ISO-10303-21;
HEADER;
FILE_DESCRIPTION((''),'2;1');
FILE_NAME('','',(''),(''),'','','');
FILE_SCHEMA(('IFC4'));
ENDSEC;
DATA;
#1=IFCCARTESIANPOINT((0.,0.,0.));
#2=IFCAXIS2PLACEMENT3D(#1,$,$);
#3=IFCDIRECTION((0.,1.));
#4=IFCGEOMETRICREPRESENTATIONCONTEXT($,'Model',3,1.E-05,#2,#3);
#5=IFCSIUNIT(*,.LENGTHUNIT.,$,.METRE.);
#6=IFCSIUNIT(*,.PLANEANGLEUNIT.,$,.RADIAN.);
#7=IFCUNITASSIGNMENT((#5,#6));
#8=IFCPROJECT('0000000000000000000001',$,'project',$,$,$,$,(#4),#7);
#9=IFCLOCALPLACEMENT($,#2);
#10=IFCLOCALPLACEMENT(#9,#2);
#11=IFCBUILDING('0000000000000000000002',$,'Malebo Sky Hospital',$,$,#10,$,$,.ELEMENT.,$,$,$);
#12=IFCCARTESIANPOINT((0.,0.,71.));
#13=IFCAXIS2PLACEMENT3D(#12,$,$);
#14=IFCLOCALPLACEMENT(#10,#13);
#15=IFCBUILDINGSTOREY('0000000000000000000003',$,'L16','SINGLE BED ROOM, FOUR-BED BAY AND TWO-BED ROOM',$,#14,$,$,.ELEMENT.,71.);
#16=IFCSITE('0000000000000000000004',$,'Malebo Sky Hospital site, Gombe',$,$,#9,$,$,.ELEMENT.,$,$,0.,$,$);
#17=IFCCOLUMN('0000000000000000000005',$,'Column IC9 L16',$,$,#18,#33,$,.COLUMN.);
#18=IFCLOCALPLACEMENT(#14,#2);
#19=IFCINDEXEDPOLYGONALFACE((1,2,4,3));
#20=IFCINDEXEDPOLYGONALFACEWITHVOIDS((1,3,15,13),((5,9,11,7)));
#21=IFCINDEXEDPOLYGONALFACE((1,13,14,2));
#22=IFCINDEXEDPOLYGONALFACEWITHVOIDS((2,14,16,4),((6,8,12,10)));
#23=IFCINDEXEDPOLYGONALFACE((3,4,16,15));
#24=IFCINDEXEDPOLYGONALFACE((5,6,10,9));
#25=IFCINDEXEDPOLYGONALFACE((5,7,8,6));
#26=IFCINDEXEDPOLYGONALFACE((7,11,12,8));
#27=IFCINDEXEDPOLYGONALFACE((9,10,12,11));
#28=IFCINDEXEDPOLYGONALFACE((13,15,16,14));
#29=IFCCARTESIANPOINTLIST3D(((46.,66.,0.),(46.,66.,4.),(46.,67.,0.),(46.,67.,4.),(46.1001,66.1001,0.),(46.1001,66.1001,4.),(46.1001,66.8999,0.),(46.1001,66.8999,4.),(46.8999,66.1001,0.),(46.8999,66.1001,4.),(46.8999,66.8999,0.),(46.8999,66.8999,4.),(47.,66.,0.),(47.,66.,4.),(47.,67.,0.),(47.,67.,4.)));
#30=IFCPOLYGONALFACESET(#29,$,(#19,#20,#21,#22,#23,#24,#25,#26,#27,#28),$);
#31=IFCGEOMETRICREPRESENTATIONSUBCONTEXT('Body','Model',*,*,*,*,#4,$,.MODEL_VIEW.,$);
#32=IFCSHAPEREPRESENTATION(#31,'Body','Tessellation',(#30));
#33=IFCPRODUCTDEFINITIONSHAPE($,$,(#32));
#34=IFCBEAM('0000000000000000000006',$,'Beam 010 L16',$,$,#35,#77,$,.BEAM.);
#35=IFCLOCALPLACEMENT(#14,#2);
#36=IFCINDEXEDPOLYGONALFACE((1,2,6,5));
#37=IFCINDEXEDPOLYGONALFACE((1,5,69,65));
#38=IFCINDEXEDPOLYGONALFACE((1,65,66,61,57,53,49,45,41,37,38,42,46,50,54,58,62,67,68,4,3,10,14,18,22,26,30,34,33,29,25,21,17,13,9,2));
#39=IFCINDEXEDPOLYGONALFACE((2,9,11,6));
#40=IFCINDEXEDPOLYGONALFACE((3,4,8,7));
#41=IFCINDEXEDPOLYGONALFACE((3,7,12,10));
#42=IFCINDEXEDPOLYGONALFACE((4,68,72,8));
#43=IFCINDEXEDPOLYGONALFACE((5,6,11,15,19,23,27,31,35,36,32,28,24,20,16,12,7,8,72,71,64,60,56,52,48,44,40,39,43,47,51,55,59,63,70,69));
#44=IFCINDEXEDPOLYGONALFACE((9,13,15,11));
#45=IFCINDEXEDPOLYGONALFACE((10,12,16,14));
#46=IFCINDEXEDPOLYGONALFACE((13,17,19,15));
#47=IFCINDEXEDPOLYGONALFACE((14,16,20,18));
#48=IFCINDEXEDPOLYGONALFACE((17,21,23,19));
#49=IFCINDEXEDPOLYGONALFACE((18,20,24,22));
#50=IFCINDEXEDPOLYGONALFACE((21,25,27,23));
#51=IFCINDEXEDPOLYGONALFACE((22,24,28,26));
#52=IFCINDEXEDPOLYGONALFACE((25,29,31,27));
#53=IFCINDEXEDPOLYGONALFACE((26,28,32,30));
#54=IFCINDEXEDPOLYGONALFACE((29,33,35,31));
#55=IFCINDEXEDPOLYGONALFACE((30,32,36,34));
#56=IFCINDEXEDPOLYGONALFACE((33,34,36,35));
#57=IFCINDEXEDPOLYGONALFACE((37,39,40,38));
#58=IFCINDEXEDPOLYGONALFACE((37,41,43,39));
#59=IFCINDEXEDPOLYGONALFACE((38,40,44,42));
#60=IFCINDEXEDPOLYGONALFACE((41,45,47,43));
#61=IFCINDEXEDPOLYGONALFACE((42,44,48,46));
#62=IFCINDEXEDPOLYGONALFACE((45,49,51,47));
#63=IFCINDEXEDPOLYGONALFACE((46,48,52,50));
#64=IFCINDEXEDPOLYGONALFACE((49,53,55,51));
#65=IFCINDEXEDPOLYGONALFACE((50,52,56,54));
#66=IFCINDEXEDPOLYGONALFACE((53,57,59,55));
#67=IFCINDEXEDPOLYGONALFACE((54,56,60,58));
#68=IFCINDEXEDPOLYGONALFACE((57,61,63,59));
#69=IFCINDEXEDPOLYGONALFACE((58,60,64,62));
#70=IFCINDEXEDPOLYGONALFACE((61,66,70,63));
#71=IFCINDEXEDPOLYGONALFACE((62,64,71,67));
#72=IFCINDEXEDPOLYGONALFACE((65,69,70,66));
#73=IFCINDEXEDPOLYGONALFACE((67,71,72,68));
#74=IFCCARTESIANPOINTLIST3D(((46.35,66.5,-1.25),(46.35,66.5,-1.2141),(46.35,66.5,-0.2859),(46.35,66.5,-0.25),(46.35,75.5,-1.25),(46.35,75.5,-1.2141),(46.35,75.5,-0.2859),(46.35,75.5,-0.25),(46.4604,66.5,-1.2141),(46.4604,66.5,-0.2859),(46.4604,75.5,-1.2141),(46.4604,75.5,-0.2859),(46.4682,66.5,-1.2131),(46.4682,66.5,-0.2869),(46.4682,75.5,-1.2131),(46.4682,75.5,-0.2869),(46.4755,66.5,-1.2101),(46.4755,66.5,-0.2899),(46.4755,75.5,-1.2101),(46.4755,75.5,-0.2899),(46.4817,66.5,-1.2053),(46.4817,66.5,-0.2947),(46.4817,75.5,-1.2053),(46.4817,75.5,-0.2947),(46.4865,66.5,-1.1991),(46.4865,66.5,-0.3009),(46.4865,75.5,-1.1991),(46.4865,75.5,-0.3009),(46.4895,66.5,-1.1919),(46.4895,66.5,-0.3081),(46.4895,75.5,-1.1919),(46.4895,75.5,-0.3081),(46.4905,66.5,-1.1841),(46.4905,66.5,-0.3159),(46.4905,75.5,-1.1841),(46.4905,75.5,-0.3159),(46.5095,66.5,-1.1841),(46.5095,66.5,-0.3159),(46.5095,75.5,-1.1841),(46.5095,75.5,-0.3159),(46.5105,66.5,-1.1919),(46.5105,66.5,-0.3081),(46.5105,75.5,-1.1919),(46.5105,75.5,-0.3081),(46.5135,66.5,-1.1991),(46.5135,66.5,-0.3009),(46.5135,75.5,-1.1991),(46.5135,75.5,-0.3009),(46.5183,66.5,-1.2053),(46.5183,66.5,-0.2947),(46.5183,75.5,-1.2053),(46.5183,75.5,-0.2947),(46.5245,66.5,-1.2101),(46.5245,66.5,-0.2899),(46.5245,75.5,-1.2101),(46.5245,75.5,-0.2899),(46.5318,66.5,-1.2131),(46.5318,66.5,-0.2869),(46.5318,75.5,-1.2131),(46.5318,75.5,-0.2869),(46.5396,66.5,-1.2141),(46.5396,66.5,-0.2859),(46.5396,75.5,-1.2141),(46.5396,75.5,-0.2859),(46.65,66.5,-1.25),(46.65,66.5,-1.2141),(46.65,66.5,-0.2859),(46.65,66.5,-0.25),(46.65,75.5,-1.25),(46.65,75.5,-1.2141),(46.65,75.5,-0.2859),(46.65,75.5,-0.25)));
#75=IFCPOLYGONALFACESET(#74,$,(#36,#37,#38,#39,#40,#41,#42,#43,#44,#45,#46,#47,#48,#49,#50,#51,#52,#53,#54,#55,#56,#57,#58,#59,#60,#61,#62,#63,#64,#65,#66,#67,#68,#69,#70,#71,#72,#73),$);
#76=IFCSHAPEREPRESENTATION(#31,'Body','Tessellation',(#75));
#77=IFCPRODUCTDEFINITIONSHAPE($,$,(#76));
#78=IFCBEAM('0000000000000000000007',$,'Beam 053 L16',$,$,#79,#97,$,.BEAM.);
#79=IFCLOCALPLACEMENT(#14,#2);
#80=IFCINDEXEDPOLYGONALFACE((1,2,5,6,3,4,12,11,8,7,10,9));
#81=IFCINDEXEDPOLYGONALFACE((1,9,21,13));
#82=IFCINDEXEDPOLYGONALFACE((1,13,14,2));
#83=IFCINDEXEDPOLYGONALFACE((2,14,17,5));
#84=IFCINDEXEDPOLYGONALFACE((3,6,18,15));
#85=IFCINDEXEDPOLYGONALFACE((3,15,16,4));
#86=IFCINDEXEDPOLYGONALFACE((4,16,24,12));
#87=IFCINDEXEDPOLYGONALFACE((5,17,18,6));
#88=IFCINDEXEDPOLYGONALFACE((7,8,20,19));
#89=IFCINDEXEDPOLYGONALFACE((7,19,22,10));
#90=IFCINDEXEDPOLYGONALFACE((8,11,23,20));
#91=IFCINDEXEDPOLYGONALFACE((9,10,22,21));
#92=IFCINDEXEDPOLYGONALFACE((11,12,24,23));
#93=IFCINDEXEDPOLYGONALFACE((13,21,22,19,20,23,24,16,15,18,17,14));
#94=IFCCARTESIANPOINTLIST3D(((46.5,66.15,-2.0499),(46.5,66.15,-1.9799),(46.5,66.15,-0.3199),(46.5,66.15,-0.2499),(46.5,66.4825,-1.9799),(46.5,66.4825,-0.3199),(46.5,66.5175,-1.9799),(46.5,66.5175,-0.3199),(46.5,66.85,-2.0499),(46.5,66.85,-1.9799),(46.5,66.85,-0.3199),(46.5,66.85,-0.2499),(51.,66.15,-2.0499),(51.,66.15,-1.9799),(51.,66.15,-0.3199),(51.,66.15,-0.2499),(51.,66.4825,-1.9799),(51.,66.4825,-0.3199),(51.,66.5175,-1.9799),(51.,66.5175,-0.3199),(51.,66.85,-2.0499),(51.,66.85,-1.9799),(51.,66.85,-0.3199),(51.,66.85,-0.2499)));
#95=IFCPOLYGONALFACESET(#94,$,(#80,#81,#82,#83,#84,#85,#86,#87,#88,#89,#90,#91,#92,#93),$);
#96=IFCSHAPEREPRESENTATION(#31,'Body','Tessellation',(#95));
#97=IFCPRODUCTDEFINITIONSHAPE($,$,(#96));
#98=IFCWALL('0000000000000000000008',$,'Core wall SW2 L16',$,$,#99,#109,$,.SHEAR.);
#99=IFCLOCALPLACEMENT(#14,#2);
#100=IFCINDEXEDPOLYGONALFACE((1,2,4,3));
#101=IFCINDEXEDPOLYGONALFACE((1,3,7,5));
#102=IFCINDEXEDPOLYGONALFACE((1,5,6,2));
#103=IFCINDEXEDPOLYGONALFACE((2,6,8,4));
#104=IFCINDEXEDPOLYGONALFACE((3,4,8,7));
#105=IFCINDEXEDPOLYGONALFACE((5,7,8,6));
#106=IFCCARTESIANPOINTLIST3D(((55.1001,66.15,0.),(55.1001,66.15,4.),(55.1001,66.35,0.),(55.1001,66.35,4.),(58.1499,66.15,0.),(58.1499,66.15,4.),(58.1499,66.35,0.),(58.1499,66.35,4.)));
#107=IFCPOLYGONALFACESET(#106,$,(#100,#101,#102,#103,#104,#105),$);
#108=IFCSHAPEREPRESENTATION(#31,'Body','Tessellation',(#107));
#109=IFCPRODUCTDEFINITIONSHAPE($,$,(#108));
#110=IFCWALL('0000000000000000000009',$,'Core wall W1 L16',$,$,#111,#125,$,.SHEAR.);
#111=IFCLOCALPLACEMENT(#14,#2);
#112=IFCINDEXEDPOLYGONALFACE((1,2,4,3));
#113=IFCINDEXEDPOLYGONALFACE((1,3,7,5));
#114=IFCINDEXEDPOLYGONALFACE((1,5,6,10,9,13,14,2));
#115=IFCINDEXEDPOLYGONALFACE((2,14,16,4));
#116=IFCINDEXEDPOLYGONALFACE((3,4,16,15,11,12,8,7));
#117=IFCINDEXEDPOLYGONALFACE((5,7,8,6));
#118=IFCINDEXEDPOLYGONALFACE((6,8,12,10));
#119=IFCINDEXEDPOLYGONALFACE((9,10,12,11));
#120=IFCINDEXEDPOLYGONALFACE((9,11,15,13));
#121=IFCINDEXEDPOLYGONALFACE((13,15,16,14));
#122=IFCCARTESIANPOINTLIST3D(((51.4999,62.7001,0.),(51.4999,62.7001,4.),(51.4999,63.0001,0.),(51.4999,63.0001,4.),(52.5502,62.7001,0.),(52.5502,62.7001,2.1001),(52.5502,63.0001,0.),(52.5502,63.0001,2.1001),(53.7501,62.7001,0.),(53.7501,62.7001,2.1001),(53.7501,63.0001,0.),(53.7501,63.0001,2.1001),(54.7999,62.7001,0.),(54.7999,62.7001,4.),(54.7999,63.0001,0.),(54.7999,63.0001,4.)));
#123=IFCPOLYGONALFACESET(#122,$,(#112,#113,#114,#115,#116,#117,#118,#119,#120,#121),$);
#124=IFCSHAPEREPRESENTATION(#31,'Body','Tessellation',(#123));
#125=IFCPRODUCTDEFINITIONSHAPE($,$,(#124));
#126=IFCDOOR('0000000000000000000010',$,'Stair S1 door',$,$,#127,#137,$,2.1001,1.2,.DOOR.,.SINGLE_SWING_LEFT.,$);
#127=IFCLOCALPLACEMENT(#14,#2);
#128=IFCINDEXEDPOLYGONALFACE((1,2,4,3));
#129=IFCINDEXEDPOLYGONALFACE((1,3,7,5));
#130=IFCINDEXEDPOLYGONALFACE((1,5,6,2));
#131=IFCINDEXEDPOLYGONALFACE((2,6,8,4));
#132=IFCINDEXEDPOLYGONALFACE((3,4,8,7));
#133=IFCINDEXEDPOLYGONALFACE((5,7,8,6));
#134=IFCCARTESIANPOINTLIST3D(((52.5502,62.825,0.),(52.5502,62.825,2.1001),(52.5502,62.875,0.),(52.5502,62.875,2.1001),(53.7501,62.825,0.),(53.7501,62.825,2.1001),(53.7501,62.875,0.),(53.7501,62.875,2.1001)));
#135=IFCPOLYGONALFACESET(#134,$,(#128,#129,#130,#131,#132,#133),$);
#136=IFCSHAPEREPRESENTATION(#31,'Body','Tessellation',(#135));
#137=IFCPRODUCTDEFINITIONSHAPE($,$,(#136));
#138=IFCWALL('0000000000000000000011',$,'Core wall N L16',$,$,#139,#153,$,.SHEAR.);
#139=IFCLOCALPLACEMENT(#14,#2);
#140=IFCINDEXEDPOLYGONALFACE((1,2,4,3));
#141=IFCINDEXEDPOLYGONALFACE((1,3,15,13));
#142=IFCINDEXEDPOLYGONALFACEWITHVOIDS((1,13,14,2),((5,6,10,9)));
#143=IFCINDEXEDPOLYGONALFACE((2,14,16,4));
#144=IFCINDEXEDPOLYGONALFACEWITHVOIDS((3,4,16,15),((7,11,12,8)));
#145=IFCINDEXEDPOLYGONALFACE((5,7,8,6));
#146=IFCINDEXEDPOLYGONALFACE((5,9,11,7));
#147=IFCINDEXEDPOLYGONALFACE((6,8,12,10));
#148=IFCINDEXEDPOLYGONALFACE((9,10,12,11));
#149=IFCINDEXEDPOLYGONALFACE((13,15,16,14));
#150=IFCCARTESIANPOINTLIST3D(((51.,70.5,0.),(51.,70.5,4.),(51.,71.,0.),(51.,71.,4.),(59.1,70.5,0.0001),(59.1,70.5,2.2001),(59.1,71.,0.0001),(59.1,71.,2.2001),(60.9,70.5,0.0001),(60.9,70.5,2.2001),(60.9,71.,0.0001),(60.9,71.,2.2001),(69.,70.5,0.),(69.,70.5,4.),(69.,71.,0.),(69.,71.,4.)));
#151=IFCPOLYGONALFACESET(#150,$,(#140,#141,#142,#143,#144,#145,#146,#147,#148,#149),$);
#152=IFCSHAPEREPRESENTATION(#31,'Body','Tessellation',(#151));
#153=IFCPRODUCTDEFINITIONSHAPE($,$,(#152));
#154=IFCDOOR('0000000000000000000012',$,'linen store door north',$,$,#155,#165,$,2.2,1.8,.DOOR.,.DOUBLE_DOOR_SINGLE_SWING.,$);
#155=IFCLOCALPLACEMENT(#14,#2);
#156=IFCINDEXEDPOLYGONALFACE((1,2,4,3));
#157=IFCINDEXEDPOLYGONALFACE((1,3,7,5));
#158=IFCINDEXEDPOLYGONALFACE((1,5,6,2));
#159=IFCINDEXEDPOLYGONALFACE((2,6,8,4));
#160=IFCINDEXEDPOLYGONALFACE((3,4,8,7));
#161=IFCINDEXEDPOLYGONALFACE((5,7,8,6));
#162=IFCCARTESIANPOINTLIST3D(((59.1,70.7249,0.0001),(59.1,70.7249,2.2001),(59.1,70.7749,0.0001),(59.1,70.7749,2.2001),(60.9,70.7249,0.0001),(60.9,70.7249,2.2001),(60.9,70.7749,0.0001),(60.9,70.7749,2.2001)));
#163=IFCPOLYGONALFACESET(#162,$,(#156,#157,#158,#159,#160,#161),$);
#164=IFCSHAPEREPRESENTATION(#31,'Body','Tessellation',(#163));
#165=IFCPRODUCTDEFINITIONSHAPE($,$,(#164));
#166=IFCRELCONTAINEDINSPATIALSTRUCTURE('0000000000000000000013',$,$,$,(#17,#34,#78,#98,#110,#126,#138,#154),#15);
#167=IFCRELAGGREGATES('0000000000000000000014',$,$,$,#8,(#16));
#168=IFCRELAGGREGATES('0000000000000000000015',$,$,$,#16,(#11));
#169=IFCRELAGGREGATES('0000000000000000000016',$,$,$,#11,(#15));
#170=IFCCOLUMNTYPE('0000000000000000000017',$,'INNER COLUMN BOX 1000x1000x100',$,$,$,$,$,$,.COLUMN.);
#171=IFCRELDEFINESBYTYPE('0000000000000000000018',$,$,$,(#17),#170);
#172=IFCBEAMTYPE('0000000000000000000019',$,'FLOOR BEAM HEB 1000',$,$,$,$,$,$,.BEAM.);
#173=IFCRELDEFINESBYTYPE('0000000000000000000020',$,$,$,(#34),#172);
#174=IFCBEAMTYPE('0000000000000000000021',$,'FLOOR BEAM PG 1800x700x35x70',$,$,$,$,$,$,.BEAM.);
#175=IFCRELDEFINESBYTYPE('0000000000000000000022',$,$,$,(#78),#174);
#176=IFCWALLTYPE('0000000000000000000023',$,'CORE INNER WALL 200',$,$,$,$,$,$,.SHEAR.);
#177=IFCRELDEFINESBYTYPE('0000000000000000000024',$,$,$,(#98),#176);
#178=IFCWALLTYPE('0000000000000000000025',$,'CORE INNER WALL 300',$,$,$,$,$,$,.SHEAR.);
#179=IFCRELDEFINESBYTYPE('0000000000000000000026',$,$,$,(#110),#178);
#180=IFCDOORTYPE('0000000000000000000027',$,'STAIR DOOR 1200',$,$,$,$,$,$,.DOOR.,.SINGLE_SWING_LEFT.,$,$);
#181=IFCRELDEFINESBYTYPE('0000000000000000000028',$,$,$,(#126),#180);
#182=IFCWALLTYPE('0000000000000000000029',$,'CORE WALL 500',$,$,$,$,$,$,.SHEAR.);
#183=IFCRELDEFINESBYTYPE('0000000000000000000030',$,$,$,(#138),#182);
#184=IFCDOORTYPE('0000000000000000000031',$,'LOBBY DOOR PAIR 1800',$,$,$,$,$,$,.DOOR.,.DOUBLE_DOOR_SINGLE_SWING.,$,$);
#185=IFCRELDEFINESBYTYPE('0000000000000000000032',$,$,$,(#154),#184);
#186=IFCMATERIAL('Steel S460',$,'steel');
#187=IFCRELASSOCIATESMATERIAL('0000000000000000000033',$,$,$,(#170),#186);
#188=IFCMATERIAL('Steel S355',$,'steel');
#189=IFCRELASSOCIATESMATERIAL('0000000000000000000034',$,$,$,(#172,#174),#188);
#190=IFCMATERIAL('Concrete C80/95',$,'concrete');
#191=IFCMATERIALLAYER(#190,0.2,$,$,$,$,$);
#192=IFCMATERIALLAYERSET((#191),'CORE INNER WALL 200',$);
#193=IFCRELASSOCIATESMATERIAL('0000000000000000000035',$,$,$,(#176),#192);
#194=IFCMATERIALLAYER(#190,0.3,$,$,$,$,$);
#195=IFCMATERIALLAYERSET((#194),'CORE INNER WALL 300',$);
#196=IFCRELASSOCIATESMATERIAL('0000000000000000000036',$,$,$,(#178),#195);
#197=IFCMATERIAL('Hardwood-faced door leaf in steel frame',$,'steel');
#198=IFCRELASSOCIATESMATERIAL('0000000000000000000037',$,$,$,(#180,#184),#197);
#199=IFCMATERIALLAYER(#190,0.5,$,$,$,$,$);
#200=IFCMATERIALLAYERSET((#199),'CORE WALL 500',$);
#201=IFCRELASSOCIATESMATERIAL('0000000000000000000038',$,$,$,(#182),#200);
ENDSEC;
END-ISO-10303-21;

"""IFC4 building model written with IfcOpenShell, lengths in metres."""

from ifc_helpers import new_model, si_unit, direction, frame, frame_2d, origin, origin_2d, place, context, subcontext, project, spatial, rectangle, hollow_rectangle, i_section, extrude, material, layer, layer_set, material_profile, profile_set, type_object, element, fill, save


model = new_model("IFC4")

# Units and contexts
model_context = context("Model", 3, precision=1e-05, world=origin(), true_north=direction((0.0, 1.0)))
body_context = subcontext(model_context, "Body", "Model", "MODEL_VIEW")
ifc_project = project(units=[si_unit("LENGTHUNIT", "METRE"), si_unit("PLANEANGLEUNIT", "RADIAN")], contexts=[model_context])

# Site, building, storey
site_placement = place(None, origin())
site = spatial("IfcSite", under=ifc_project, at=site_placement, Name="Malebo Sky Hospital site, Gombe", CompositionType="ELEMENT", RefElevation=0.0)
building_placement = place(site_placement, origin())
building = spatial("IfcBuilding", under=site, at=building_placement, Name="Malebo Sky Hospital", CompositionType="ELEMENT")
storey_placement = place(building_placement, frame((0.0, 0.0, 71.0)))
storey = spatial("IfcBuildingStorey", under=building, at=storey_placement, Name="L16", Description="SINGLE BED ROOM, FOUR-BED BAY AND TWO-BED ROOM", CompositionType="ELEMENT", Elevation=71.0)

# Column
ifc_material_1 = material(Name="Steel S460", Category="steel")
ifc_material_profile_1 = material_profile(ifc_material_1, hollow_rectangle(XDim=1.0, YDim=1.0, WallThickness=0.1001, at=origin_2d()), Name="BOX 1000x1000x100")
ifc_profile_set_1 = profile_set([ifc_material_profile_1], Name="Steel S460")
column_type = type_object("IfcColumnType", Name="INNER COLUMN BOX 1000x1000x100", PredefinedType="COLUMN", material=ifc_profile_set_1)
column_placement = place(storey_placement, frame((46.5, 66.5, 0.0), z_axis=(0.0, 0.0, 1.0), x_axis=(1.0, 0.0, 0.0)))
element("IfcColumn", 1, at=column_placement, inside=storey, type_object=column_type, Name="Column IC9 L16", PredefinedType="COLUMN", context=body_context, shape_type="SweptSolid", body=[
    extrude(hollow_rectangle(XDim=1.0, YDim=1.0, WallThickness=0.1001, at=origin_2d()), origin(), (0.0, 0.0, 1.0), 4.0),
])

# Beams
ifc_material_2 = material(Name="Steel S355", Category="steel")
ifc_material_profile_2 = material_profile(ifc_material_2, i_section(OverallWidth=0.3, OverallDepth=1.0, WebThickness=0.019, FlangeThickness=0.0359, FilletRadius=0.03, at=origin_2d()), Name="HEB 1000")
ifc_profile_set_2 = profile_set([ifc_material_profile_2], Name="Steel S355")
beam_type_1 = type_object("IfcBeamType", Name="FLOOR BEAM HEB 1000", PredefinedType="BEAM", material=ifc_profile_set_2)
beam_1_placement = place(storey_placement, frame((46.5, 66.5, -0.75), z_axis=(0.0, 1.0, 0.0), x_axis=(-1.0, 0.0, 0.0)))
element("IfcBeam", 2, at=beam_1_placement, inside=storey, type_object=beam_type_1, Name="Beam 010 L16", PredefinedType="BEAM", context=body_context, shape_type="SweptSolid", body=[
    extrude(i_section(OverallWidth=0.3, OverallDepth=1.0, WebThickness=0.019, FlangeThickness=0.0359, FilletRadius=0.03, at=origin_2d()), origin(), (0.0, 0.0, 1.0), 9.0),
])
ifc_material_profile_3 = material_profile(ifc_material_2, i_section(OverallWidth=0.7, OverallDepth=1.8, WebThickness=0.0349, FlangeThickness=0.0701, at=origin_2d()), Name="PG 1800x700x35x70")
ifc_profile_set_3 = profile_set([ifc_material_profile_3], Name="Steel S355")
beam_type_2 = type_object("IfcBeamType", Name="FLOOR BEAM PG 1800x700x35x70", PredefinedType="BEAM", material=ifc_profile_set_3)
beam_2_placement = place(storey_placement, frame((46.5, 66.5, -1.1499), z_axis=(1.0, 0.0, 0.0), x_axis=(0.0, 1.0, 0.0)))
element("IfcBeam", 3, at=beam_2_placement, inside=storey, type_object=beam_type_2, Name="Beam 053 L16", PredefinedType="BEAM", context=body_context, shape_type="SweptSolid", body=[
    extrude(i_section(OverallWidth=0.7, OverallDepth=1.8, WebThickness=0.0349, FlangeThickness=0.0701, at=origin_2d()), origin(), (0.0, 0.0, 1.0), 4.5),
])

# Wall
ifc_material_3 = material(Name="Concrete C80/95", Category="concrete")
ifc_layer_1 = layer(ifc_material_3, 0.2)
ifc_layer_set_1 = layer_set([ifc_layer_1], Name="CORE INNER WALL 200")
wall_type_1 = type_object("IfcWallType", Name="CORE INNER WALL 200", PredefinedType="SHEAR", material=ifc_layer_set_1)
wall_1_placement = place(storey_placement, frame((55.1001, 66.25, 0.0), z_axis=(0.0, 0.0, 1.0), x_axis=(1.0, 0.0, 0.0)))
element("IfcWall", 4, at=wall_1_placement, inside=storey, type_object=wall_type_1, Name="Core wall SW2 L16", PredefinedType="SHEAR", context=body_context, shape_type="SweptSolid", body=[
    extrude(rectangle(XDim=3.0498, YDim=0.2, at=frame_2d((1.5249, 0.0))), origin(), (0.0, 0.0, 1.0), 4.0),
])

# Walls, openings, doors
ifc_layer_2 = layer(ifc_material_3, 0.3)
ifc_layer_set_2 = layer_set([ifc_layer_2], Name="CORE INNER WALL 300")
wall_type_2 = type_object("IfcWallType", Name="CORE INNER WALL 300", PredefinedType="SHEAR", material=ifc_layer_set_2)
wall_2_placement = place(storey_placement, frame((51.5, 62.8501, 0.0), z_axis=(0.0, 0.0, 1.0), x_axis=(1.0, 0.0, 0.0)))
wall_2 = element("IfcWall", 5, at=wall_2_placement, inside=storey, type_object=wall_type_2, Name="Core wall W1 L16", PredefinedType="SHEAR", context=body_context, shape_type="SweptSolid", body=[
    extrude(rectangle(XDim=3.3, YDim=0.3, at=frame_2d((1.6499, 0.0))), origin(), (0.0, 0.0, 1.0), 4.0),
])
opening_1_placement = place(wall_2_placement, frame((1.05, 0.0, 0.0)))
opening_1 = element("IfcOpeningElement", 6, at=opening_1_placement, cuts=wall_2, PredefinedType="OPENING", context=body_context, shape_type="SweptSolid", body=[
    extrude(rectangle(XDim=1.2, YDim=2.1001, at=frame_2d((0.6001, 1.05))), frame((0.0, 0.1599, 0.0), z_axis=(0.0, -1.0, 0.0), x_axis=(1.0, 0.0, 0.0)), (0.0, 0.0, 1.0), 0.3201),
])
ifc_material_4 = material(Name="Hardwood-faced door leaf in steel frame", Category="steel")
door_type_1 = type_object("IfcDoorType", Name="STAIR DOOR 1200", OperationType="SINGLE_SWING_LEFT", PredefinedType="DOOR", material=ifc_material_4)
door_1_placement = place(opening_1_placement, origin())
door_1 = element("IfcDoor", 7, at=door_1_placement, inside=storey, type_object=door_type_1, Name="Stair S1 door", OperationType="SINGLE_SWING_LEFT", OverallHeight=2.1001, OverallWidth=1.2, PredefinedType="DOOR", context=body_context, shape_type="SweptSolid", body=[
    extrude(rectangle(XDim=1.2, YDim=2.1001, at=frame_2d((0.6001, 1.05))), frame((0.0, 0.0249, 0.0), z_axis=(0.0, -1.0, 0.0), x_axis=(1.0, 0.0, 0.0)), (0.0, 0.0, 1.0), 0.05),
])
fill(opening_1, door_1)
ifc_layer_3 = layer(ifc_material_3, 0.5)
ifc_layer_set_3 = layer_set([ifc_layer_3], Name="CORE WALL 500")
wall_type_3 = type_object("IfcWallType", Name="CORE WALL 500", PredefinedType="SHEAR", material=ifc_layer_set_3)
wall_3_placement = place(storey_placement, frame((51.0, 70.75, 0.0), z_axis=(0.0, 0.0, 1.0), x_axis=(1.0, 0.0, 0.0)))
wall_3 = element("IfcWall", 8, at=wall_3_placement, inside=storey, type_object=wall_type_3, Name="Core wall N L16", PredefinedType="SHEAR", context=body_context, shape_type="SweptSolid", body=[
    extrude(rectangle(XDim=18.0, YDim=0.5, at=frame_2d((9.0, 0.0))), origin(), (0.0, 0.0, 1.0), 4.0),
])
opening_2_placement = place(wall_3_placement, frame((8.1001, 0.0, 0.0)))
opening_2 = element("IfcOpeningElement", 9, at=opening_2_placement, cuts=wall_3, PredefinedType="OPENING", context=body_context, shape_type="SweptSolid", body=[
    extrude(rectangle(XDim=1.8, YDim=2.2, at=frame_2d((0.8999, 1.1001))), frame((0.0, 0.26, 0.0), z_axis=(0.0, -1.0, 0.0), x_axis=(1.0, 0.0, 0.0)), (0.0, 0.0, 1.0), 0.52),
])
door_type_2 = type_object("IfcDoorType", Name="LOBBY DOOR PAIR 1800", OperationType="DOUBLE_DOOR_SINGLE_SWING", PredefinedType="DOOR", material=ifc_material_4)
door_2_placement = place(opening_2_placement, origin())
door_2 = element("IfcDoor", 10, at=door_2_placement, inside=storey, type_object=door_type_2, Name="linen store door north", OperationType="DOUBLE_DOOR_SINGLE_SWING", OverallHeight=2.2, OverallWidth=1.8, PredefinedType="DOOR", context=body_context, shape_type="SweptSolid", body=[
    extrude(rectangle(XDim=1.8, YDim=2.2, at=frame_2d((0.8999, 1.1001))), frame((0.0, 0.0249, 0.0), z_axis=(0.0, -1.0, 0.0), x_axis=(1.0, 0.0, 0.0)), (0.0, 0.0, 1.0), 0.05),
])
fill(opening_2, door_2)

save(model, "model.ifc")
